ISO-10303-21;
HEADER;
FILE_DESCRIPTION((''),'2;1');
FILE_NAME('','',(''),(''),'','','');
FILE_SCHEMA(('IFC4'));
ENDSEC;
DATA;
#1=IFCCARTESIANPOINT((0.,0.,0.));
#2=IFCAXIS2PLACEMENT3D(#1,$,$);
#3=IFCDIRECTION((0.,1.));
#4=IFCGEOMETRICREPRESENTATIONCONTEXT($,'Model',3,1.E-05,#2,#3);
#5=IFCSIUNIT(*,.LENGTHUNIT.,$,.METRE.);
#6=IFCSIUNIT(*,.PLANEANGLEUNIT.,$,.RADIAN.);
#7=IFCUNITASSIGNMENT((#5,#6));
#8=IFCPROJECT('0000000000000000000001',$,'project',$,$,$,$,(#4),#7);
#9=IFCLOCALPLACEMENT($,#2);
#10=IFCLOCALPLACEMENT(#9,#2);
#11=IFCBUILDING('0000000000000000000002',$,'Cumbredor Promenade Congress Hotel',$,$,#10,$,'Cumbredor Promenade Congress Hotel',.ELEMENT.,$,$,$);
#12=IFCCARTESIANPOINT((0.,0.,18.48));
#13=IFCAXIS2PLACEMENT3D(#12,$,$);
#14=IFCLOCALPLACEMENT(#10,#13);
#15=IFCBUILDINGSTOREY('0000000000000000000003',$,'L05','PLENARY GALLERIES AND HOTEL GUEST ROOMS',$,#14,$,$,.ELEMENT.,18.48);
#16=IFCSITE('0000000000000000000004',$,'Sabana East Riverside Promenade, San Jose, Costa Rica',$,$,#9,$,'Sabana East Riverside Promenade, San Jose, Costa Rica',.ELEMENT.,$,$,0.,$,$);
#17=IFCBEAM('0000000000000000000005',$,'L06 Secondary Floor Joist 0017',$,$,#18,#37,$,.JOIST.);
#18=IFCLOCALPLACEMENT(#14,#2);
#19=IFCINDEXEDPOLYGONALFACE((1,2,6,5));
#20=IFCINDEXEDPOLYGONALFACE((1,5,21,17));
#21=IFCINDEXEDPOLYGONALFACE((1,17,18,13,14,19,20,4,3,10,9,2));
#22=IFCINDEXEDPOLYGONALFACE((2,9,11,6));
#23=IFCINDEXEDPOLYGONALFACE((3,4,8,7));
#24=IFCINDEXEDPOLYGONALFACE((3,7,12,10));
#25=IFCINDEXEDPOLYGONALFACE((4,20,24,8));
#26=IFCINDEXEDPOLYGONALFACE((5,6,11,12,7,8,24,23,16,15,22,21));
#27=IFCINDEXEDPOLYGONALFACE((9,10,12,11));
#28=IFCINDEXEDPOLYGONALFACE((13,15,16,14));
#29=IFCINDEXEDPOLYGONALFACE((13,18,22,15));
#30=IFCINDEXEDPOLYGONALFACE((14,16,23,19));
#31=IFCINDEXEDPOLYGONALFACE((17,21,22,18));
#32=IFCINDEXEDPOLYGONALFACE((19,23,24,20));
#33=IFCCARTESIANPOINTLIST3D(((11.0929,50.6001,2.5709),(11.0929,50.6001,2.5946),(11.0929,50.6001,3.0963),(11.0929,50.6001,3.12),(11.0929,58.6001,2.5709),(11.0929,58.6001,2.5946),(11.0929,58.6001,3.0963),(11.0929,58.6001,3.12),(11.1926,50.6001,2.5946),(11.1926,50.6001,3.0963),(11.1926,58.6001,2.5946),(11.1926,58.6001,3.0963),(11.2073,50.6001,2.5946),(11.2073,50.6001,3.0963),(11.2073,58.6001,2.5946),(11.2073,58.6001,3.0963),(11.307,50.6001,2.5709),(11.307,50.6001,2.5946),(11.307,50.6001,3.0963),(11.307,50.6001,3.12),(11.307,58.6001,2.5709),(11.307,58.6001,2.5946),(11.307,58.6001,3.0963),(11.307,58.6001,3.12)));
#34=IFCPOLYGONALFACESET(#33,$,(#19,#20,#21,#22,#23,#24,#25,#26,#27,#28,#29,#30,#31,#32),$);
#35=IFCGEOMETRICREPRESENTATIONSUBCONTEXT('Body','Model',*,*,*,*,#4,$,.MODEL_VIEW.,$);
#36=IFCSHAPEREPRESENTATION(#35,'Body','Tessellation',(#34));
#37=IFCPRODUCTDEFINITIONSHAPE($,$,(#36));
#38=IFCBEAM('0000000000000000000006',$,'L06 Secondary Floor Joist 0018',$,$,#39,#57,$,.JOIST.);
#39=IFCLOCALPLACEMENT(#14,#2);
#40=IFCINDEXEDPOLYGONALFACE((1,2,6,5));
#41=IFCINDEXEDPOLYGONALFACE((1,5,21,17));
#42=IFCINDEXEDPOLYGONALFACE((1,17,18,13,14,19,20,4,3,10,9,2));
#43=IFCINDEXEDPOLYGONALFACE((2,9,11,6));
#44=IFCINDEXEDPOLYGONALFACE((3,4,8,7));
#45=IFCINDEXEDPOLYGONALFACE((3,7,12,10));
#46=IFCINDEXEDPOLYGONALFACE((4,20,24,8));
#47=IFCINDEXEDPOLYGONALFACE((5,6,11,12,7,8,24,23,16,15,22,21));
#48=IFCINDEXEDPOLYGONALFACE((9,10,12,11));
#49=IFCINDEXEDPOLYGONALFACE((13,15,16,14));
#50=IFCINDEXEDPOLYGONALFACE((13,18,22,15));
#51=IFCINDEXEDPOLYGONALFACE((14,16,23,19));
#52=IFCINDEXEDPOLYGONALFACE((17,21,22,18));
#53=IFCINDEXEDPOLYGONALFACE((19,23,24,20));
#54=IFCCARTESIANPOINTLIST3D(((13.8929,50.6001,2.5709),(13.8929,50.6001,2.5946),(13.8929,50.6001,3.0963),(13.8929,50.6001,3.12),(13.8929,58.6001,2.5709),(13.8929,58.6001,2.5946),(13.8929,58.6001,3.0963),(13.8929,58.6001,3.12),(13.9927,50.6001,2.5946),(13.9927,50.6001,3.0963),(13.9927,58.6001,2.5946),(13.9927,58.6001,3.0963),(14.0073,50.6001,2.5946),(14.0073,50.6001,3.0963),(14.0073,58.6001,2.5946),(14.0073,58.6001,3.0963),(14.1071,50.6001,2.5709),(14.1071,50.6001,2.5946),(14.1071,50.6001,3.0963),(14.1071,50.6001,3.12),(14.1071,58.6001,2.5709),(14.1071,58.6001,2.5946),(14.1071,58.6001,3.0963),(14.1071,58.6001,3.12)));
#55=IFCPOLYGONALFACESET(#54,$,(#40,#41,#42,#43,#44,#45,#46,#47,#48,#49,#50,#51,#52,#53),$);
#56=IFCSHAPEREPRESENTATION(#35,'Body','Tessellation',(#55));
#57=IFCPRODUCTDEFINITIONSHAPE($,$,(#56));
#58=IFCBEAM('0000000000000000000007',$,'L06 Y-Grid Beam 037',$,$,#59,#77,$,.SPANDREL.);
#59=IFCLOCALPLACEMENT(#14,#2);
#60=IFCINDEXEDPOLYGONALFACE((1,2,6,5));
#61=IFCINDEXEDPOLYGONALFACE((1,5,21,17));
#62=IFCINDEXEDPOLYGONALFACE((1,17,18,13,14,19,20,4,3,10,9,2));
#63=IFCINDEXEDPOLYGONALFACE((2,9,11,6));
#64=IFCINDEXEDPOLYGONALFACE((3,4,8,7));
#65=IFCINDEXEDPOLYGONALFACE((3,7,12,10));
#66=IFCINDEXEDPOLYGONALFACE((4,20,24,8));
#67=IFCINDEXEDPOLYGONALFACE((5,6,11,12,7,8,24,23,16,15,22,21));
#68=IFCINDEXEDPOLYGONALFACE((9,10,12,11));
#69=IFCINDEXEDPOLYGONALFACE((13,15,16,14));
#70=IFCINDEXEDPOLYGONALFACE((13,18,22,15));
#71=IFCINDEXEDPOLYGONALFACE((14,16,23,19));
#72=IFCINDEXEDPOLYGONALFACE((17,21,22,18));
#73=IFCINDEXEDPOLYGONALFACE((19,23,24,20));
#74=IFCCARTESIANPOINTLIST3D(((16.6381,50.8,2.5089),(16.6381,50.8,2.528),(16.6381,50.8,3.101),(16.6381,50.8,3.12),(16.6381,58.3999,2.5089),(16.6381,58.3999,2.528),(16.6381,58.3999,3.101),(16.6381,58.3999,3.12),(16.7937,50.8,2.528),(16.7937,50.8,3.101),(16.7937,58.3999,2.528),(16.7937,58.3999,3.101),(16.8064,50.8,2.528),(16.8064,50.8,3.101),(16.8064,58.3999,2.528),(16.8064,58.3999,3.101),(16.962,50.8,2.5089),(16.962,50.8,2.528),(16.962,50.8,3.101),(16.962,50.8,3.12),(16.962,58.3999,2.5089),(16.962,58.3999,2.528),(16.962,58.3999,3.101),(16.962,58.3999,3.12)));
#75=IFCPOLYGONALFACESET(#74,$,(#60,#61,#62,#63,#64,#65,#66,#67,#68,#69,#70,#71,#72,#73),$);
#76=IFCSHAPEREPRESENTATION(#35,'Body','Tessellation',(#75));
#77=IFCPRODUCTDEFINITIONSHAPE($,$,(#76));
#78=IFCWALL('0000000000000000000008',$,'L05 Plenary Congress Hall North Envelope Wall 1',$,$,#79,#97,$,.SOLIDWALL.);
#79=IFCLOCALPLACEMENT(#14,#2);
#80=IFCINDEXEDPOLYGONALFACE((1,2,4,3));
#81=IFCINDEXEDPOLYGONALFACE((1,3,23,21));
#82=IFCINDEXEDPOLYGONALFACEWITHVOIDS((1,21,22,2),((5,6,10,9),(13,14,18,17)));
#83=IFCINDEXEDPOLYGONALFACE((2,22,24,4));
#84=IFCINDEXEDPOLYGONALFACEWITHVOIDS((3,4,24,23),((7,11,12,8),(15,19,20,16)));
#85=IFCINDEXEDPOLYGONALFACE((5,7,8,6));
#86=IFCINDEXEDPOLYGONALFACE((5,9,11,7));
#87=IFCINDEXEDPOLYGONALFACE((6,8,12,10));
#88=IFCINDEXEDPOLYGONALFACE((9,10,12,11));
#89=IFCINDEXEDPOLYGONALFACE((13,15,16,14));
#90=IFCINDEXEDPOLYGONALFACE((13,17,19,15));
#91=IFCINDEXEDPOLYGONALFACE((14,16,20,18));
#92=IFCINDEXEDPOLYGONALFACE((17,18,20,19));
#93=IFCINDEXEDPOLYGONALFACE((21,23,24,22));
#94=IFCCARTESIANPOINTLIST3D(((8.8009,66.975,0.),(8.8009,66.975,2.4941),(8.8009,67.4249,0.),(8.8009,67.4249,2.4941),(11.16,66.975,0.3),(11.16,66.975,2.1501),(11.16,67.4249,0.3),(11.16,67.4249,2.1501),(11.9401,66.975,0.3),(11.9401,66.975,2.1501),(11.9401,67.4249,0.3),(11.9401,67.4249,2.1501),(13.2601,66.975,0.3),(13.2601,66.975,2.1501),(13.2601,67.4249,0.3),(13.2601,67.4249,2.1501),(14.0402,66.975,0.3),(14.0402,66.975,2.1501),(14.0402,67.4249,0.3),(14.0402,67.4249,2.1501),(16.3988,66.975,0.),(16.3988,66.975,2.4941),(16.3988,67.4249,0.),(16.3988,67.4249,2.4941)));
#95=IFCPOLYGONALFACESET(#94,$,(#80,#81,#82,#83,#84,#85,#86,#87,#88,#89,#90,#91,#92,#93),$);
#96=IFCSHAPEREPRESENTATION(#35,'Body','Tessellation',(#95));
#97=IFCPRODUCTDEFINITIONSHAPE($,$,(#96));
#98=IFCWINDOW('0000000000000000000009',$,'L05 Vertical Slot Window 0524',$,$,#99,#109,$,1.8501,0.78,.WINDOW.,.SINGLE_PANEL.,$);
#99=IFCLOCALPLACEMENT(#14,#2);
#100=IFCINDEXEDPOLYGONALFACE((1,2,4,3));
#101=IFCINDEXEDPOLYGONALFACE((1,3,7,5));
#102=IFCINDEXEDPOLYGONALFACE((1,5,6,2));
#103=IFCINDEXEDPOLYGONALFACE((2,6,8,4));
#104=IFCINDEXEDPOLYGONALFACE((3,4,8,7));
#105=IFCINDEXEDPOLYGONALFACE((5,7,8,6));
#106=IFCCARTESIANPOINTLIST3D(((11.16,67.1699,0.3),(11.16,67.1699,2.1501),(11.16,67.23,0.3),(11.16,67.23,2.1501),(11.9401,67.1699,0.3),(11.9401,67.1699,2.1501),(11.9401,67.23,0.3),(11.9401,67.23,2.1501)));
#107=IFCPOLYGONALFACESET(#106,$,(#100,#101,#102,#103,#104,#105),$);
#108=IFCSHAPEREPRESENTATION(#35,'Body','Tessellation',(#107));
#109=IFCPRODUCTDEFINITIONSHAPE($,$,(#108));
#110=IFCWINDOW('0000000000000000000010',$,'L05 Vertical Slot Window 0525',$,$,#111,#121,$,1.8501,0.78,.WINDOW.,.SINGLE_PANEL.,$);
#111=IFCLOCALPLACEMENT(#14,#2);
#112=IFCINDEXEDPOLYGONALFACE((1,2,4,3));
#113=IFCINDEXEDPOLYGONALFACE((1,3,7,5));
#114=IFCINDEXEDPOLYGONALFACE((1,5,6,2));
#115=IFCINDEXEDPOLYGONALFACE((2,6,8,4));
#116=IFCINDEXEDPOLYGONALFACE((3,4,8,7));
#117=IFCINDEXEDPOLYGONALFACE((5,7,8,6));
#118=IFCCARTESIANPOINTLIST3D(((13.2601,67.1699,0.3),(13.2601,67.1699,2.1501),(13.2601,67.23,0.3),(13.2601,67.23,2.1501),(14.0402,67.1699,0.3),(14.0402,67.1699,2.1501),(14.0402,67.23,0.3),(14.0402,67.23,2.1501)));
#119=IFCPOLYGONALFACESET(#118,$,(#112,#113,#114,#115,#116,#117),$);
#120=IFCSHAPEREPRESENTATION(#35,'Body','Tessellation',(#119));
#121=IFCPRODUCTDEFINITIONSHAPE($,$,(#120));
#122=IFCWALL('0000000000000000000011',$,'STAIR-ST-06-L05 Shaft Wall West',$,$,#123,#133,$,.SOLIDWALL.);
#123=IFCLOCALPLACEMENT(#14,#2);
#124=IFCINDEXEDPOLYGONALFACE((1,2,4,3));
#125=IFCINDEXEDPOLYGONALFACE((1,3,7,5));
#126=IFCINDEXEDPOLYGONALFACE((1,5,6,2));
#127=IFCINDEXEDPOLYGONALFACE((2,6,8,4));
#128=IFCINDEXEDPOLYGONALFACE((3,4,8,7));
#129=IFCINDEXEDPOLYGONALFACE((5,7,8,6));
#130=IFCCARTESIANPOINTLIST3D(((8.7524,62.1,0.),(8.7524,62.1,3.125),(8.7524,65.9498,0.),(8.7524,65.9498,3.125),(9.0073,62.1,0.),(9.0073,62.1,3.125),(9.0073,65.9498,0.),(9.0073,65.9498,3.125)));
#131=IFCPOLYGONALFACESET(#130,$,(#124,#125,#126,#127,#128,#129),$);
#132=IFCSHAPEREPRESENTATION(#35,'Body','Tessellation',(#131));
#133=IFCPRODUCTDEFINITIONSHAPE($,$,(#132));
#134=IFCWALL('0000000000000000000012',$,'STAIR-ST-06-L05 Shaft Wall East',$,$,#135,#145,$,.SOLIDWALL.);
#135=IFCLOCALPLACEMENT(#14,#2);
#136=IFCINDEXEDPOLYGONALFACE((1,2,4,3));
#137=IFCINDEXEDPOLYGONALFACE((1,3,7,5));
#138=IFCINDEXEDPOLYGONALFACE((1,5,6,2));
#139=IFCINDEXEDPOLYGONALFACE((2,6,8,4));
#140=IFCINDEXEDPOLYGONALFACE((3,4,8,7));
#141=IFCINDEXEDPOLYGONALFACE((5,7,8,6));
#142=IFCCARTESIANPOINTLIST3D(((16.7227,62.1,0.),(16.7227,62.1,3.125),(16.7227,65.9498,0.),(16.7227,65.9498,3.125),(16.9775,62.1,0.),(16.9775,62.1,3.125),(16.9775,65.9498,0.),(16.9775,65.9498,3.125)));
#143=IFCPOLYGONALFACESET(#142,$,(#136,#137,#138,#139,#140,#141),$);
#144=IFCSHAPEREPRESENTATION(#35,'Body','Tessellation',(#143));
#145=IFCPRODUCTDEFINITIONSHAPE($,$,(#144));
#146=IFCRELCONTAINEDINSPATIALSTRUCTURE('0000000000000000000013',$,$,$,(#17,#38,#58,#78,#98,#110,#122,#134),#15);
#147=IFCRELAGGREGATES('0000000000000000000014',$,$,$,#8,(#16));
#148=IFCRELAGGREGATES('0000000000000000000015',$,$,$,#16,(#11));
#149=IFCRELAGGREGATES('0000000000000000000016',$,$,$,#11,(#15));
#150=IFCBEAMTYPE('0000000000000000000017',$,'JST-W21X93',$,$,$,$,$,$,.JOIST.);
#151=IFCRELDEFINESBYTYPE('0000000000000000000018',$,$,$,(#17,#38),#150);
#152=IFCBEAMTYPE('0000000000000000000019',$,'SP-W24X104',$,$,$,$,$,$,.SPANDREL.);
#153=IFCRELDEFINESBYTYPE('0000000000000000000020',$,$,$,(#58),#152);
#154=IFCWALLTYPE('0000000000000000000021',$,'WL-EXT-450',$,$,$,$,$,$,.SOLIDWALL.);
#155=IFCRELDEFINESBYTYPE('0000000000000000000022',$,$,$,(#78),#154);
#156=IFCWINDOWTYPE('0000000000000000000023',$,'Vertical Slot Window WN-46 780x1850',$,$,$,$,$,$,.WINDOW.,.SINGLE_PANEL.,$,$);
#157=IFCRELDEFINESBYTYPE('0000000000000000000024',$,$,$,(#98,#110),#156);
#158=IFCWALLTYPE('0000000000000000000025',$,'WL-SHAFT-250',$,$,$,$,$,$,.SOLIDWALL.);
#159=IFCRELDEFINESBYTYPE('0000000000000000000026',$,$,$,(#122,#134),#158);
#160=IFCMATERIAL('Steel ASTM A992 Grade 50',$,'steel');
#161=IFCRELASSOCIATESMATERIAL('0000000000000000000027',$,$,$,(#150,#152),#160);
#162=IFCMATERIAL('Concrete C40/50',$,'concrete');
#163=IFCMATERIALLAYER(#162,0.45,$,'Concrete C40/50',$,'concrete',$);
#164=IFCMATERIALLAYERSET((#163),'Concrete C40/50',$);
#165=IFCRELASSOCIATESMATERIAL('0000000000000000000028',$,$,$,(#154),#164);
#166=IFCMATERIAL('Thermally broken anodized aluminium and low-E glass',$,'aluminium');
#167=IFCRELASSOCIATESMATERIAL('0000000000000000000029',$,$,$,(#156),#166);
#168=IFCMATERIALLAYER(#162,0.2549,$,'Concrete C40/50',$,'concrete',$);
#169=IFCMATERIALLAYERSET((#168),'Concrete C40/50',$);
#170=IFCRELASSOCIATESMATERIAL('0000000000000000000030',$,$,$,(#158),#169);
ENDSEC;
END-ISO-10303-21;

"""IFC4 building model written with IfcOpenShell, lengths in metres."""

from ifc_helpers import new_model, si_unit, direction, frame, frame_2d, origin, origin_2d, place, context, subcontext, project, spatial, rectangle, i_section, extrude, material, layer, layer_set, material_profile, profile_set, type_object, element, fill, save


model = new_model("IFC4")

# Units and contexts
model_context = context("Model", 3, precision=1e-05, world=origin(), true_north=direction((0.0, 1.0)))
body_context = subcontext(model_context, "Body", "Model", "MODEL_VIEW")
ifc_project = project(units=[si_unit("LENGTHUNIT", "METRE"), si_unit("PLANEANGLEUNIT", "RADIAN")], contexts=[model_context])

# Site, building, storey
site_placement = place(None, origin())
site = spatial("IfcSite", under=ifc_project, at=site_placement, Name="Sabana East Riverside Promenade, San Jose, Costa Rica", LongName="Sabana East Riverside Promenade, San Jose, Costa Rica", CompositionType="ELEMENT", RefElevation=0.0)
building_placement = place(site_placement, origin())
building = spatial("IfcBuilding", under=site, at=building_placement, Name="Cumbredor Promenade Congress Hotel", LongName="Cumbredor Promenade Congress Hotel", CompositionType="ELEMENT")
storey_placement = place(building_placement, frame((0.0, 0.0, 18.48)))
storey = spatial("IfcBuildingStorey", under=building, at=storey_placement, Name="L05", Description="PLENARY GALLERIES AND HOTEL GUEST ROOMS", CompositionType="ELEMENT", Elevation=18.48)

# Beams
ifc_material_1 = material(Name="Concrete C40/50", Category="concrete")
ifc_material_2 = material(Name="Steel ASTM A992 Grade 50", Category="steel")
ifc_material_profile_1 = material_profile(ifc_material_2, i_section(OverallWidth=0.2141, OverallDepth=0.5491, WebThickness=0.0146, FlangeThickness=0.0237, at=origin_2d()), Name="W21X93")
ifc_profile_set_1 = profile_set([ifc_material_profile_1], Name="Steel ASTM A992 Grade 50")
beam_type_1 = type_object("IfcBeamType", Name="JST-W21X93", PredefinedType="JOIST", material=ifc_profile_set_1)
for number, where, z_axis, x_axis, name in (
    (1, (11.2, 50.6001, 2.8455), (0.0, 1.0, 0.0), (-1.0, 0.0, 0.0), "L06 Secondary Floor Joist 0017"),
    (2, (14.0, 50.6001, 2.8455), (0.0, 1.0, 0.0), (-1.0, 0.0, 0.0), "L06 Secondary Floor Joist 0018"),
):
    element("IfcBeam", number, at=place(storey_placement, frame(where, z_axis=z_axis, x_axis=x_axis)), inside=storey, type_object=beam_type_1, Name=name, PredefinedType="JOIST", context=body_context, shape_type="SweptSolid", body=[
        extrude(i_section(OverallWidth=0.2141, OverallDepth=0.5491, WebThickness=0.0146, FlangeThickness=0.0237, at=origin_2d()), origin(), (0.0, 0.0, 1.0), 8.0),
    ])
ifc_material_profile_2 = material_profile(ifc_material_2, i_section(OverallWidth=0.324, OverallDepth=0.6111, WebThickness=0.0127, FlangeThickness=0.019, at=origin_2d()), Name="W24X104")
ifc_profile_set_2 = profile_set([ifc_material_profile_2], Name="Steel ASTM A992 Grade 50")
beam_type_2 = type_object("IfcBeamType", Name="SP-W24X104", PredefinedType="SPANDREL", material=ifc_profile_set_2)
beam_1_placement = place(storey_placement, frame((16.8, 50.8, 2.8145), z_axis=(0.0, 1.0, 0.0), x_axis=(-1.0, 0.0, 0.0)))
element("IfcBeam", 3, at=beam_1_placement, inside=storey, type_object=beam_type_2, Name="L06 Y-Grid Beam 037", PredefinedType="SPANDREL", context=body_context, shape_type="SweptSolid", body=[
    extrude(i_section(OverallWidth=0.324, OverallDepth=0.6111, WebThickness=0.0127, FlangeThickness=0.019, at=origin_2d()), origin(), (0.0, 0.0, 1.0), 7.5999),
])

# Wall, openings, windows
ifc_layer_1 = layer(ifc_material_1, 0.45, Name="Concrete C40/50", Category="concrete")
ifc_layer_set_1 = layer_set([ifc_layer_1], Name="Concrete C40/50")
wall_type_1 = type_object("IfcWallType", Name="WL-EXT-450", PredefinedType="SOLIDWALL", material=ifc_layer_set_1)
wall_placement = place(storey_placement, frame((8.801, 67.2, 0.0), z_axis=(0.0, 0.0, 1.0), x_axis=(1.0, 0.0, 0.0)))
wall = element("IfcWall", 4, at=wall_placement, inside=storey, type_object=wall_type_1, Name="L05 Plenary Congress Hall North Envelope Wall 1", PredefinedType="SOLIDWALL", context=body_context, shape_type="SweptSolid", body=[
    extrude(rectangle(XDim=7.5979, YDim=0.45, at=frame_2d((3.7988, 0.0))), origin(), (0.0, 0.0, 1.0), 2.4941),
])
opening_1_placement = place(wall_placement, frame((2.3589, 0.0, 0.3)))
opening_1 = element("IfcOpeningElement", 5, at=opening_1_placement, cuts=wall, PredefinedType="OPENING", context=body_context, shape_type="SweptSolid", body=[
    extrude(rectangle(XDim=0.78, YDim=1.8501, at=frame_2d((0.3901, 0.925))), frame((0.0, 0.2349, 0.0), z_axis=(0.0, -1.0, 0.0), x_axis=(1.0, 0.0, 0.0)), (0.0, 0.0, 1.0), 0.47),
])
opening_2_placement = place(wall_placement, frame((4.459, 0.0, 0.3)))
opening_2 = element("IfcOpeningElement", 6, at=opening_2_placement, cuts=wall, PredefinedType="OPENING", context=body_context, shape_type="SweptSolid", body=[
    extrude(rectangle(XDim=0.78, YDim=1.8501, at=frame_2d((0.3901, 0.925))), frame((0.0, 0.2349, 0.0), z_axis=(0.0, -1.0, 0.0), x_axis=(1.0, 0.0, 0.0)), (0.0, 0.0, 1.0), 0.47),
])
ifc_material_3 = material(Name="Thermally broken anodized aluminium and low-E glass", Category="aluminium")
window_type = type_object("IfcWindowType", Name="Vertical Slot Window WN-46 780x1850", PartitioningType="SINGLE_PANEL", PredefinedType="WINDOW", material=ifc_material_3)
window_1_placement = place(opening_1_placement, origin())
window_1 = element("IfcWindow", 7, at=window_1_placement, inside=storey, type_object=window_type, Name="L05 Vertical Slot Window 0524", OverallHeight=1.8501, OverallWidth=0.78, PartitioningType="SINGLE_PANEL", PredefinedType="WINDOW", context=body_context, shape_type="SweptSolid", body=[
    extrude(rectangle(XDim=0.78, YDim=1.8501, at=frame_2d((0.3901, 0.925))), frame((0.0, 0.03, 0.0), z_axis=(0.0, -1.0, 0.0), x_axis=(1.0, 0.0, 0.0)), (0.0, 0.0, 1.0), 0.0601),
])
fill(opening_1, window_1)
window_2_placement = place(opening_2_placement, origin())
window_2 = element("IfcWindow", 8, at=window_2_placement, inside=storey, type_object=window_type, Name="L05 Vertical Slot Window 0525", OverallHeight=1.8501, OverallWidth=0.78, PartitioningType="SINGLE_PANEL", PredefinedType="WINDOW", context=body_context, shape_type="SweptSolid", body=[
    extrude(rectangle(XDim=0.78, YDim=1.8501, at=frame_2d((0.3901, 0.925))), frame((0.0, 0.03, 0.0), z_axis=(0.0, -1.0, 0.0), x_axis=(1.0, 0.0, 0.0)), (0.0, 0.0, 1.0), 0.0601),
])
fill(opening_2, window_2)

# Walls
ifc_layer_2 = layer(ifc_material_1, 0.2549, Name="Concrete C40/50", Category="concrete")
ifc_layer_set_2 = layer_set([ifc_layer_2], Name="Concrete C40/50")
wall_type_2 = type_object("IfcWallType", Name="WL-SHAFT-250", PredefinedType="SOLIDWALL", material=ifc_layer_set_2)
for number, where, z_axis, x_axis, name in (
    (9, (8.8799, 62.1001, 0.0), (0.0, 0.0, 1.0), (0.0, 1.0, 0.0), "STAIR-ST-06-L05 Shaft Wall West"),
    (10, (16.8501, 62.1001, 0.0), (0.0, 0.0, 1.0), (0.0, 1.0, 0.0), "STAIR-ST-06-L05 Shaft Wall East"),
):
    element("IfcWall", number, at=place(storey_placement, frame(where, z_axis=z_axis, x_axis=x_axis)), inside=storey, type_object=wall_type_2, Name=name, PredefinedType="SOLIDWALL", context=body_context, shape_type="SweptSolid", body=[
        extrude(rectangle(XDim=3.8499, YDim=0.2549, at=frame_2d((1.9248, 0.0))), origin(), (0.0, 0.0, 1.0), 3.125),
    ])

save(model, "model.ifc")
